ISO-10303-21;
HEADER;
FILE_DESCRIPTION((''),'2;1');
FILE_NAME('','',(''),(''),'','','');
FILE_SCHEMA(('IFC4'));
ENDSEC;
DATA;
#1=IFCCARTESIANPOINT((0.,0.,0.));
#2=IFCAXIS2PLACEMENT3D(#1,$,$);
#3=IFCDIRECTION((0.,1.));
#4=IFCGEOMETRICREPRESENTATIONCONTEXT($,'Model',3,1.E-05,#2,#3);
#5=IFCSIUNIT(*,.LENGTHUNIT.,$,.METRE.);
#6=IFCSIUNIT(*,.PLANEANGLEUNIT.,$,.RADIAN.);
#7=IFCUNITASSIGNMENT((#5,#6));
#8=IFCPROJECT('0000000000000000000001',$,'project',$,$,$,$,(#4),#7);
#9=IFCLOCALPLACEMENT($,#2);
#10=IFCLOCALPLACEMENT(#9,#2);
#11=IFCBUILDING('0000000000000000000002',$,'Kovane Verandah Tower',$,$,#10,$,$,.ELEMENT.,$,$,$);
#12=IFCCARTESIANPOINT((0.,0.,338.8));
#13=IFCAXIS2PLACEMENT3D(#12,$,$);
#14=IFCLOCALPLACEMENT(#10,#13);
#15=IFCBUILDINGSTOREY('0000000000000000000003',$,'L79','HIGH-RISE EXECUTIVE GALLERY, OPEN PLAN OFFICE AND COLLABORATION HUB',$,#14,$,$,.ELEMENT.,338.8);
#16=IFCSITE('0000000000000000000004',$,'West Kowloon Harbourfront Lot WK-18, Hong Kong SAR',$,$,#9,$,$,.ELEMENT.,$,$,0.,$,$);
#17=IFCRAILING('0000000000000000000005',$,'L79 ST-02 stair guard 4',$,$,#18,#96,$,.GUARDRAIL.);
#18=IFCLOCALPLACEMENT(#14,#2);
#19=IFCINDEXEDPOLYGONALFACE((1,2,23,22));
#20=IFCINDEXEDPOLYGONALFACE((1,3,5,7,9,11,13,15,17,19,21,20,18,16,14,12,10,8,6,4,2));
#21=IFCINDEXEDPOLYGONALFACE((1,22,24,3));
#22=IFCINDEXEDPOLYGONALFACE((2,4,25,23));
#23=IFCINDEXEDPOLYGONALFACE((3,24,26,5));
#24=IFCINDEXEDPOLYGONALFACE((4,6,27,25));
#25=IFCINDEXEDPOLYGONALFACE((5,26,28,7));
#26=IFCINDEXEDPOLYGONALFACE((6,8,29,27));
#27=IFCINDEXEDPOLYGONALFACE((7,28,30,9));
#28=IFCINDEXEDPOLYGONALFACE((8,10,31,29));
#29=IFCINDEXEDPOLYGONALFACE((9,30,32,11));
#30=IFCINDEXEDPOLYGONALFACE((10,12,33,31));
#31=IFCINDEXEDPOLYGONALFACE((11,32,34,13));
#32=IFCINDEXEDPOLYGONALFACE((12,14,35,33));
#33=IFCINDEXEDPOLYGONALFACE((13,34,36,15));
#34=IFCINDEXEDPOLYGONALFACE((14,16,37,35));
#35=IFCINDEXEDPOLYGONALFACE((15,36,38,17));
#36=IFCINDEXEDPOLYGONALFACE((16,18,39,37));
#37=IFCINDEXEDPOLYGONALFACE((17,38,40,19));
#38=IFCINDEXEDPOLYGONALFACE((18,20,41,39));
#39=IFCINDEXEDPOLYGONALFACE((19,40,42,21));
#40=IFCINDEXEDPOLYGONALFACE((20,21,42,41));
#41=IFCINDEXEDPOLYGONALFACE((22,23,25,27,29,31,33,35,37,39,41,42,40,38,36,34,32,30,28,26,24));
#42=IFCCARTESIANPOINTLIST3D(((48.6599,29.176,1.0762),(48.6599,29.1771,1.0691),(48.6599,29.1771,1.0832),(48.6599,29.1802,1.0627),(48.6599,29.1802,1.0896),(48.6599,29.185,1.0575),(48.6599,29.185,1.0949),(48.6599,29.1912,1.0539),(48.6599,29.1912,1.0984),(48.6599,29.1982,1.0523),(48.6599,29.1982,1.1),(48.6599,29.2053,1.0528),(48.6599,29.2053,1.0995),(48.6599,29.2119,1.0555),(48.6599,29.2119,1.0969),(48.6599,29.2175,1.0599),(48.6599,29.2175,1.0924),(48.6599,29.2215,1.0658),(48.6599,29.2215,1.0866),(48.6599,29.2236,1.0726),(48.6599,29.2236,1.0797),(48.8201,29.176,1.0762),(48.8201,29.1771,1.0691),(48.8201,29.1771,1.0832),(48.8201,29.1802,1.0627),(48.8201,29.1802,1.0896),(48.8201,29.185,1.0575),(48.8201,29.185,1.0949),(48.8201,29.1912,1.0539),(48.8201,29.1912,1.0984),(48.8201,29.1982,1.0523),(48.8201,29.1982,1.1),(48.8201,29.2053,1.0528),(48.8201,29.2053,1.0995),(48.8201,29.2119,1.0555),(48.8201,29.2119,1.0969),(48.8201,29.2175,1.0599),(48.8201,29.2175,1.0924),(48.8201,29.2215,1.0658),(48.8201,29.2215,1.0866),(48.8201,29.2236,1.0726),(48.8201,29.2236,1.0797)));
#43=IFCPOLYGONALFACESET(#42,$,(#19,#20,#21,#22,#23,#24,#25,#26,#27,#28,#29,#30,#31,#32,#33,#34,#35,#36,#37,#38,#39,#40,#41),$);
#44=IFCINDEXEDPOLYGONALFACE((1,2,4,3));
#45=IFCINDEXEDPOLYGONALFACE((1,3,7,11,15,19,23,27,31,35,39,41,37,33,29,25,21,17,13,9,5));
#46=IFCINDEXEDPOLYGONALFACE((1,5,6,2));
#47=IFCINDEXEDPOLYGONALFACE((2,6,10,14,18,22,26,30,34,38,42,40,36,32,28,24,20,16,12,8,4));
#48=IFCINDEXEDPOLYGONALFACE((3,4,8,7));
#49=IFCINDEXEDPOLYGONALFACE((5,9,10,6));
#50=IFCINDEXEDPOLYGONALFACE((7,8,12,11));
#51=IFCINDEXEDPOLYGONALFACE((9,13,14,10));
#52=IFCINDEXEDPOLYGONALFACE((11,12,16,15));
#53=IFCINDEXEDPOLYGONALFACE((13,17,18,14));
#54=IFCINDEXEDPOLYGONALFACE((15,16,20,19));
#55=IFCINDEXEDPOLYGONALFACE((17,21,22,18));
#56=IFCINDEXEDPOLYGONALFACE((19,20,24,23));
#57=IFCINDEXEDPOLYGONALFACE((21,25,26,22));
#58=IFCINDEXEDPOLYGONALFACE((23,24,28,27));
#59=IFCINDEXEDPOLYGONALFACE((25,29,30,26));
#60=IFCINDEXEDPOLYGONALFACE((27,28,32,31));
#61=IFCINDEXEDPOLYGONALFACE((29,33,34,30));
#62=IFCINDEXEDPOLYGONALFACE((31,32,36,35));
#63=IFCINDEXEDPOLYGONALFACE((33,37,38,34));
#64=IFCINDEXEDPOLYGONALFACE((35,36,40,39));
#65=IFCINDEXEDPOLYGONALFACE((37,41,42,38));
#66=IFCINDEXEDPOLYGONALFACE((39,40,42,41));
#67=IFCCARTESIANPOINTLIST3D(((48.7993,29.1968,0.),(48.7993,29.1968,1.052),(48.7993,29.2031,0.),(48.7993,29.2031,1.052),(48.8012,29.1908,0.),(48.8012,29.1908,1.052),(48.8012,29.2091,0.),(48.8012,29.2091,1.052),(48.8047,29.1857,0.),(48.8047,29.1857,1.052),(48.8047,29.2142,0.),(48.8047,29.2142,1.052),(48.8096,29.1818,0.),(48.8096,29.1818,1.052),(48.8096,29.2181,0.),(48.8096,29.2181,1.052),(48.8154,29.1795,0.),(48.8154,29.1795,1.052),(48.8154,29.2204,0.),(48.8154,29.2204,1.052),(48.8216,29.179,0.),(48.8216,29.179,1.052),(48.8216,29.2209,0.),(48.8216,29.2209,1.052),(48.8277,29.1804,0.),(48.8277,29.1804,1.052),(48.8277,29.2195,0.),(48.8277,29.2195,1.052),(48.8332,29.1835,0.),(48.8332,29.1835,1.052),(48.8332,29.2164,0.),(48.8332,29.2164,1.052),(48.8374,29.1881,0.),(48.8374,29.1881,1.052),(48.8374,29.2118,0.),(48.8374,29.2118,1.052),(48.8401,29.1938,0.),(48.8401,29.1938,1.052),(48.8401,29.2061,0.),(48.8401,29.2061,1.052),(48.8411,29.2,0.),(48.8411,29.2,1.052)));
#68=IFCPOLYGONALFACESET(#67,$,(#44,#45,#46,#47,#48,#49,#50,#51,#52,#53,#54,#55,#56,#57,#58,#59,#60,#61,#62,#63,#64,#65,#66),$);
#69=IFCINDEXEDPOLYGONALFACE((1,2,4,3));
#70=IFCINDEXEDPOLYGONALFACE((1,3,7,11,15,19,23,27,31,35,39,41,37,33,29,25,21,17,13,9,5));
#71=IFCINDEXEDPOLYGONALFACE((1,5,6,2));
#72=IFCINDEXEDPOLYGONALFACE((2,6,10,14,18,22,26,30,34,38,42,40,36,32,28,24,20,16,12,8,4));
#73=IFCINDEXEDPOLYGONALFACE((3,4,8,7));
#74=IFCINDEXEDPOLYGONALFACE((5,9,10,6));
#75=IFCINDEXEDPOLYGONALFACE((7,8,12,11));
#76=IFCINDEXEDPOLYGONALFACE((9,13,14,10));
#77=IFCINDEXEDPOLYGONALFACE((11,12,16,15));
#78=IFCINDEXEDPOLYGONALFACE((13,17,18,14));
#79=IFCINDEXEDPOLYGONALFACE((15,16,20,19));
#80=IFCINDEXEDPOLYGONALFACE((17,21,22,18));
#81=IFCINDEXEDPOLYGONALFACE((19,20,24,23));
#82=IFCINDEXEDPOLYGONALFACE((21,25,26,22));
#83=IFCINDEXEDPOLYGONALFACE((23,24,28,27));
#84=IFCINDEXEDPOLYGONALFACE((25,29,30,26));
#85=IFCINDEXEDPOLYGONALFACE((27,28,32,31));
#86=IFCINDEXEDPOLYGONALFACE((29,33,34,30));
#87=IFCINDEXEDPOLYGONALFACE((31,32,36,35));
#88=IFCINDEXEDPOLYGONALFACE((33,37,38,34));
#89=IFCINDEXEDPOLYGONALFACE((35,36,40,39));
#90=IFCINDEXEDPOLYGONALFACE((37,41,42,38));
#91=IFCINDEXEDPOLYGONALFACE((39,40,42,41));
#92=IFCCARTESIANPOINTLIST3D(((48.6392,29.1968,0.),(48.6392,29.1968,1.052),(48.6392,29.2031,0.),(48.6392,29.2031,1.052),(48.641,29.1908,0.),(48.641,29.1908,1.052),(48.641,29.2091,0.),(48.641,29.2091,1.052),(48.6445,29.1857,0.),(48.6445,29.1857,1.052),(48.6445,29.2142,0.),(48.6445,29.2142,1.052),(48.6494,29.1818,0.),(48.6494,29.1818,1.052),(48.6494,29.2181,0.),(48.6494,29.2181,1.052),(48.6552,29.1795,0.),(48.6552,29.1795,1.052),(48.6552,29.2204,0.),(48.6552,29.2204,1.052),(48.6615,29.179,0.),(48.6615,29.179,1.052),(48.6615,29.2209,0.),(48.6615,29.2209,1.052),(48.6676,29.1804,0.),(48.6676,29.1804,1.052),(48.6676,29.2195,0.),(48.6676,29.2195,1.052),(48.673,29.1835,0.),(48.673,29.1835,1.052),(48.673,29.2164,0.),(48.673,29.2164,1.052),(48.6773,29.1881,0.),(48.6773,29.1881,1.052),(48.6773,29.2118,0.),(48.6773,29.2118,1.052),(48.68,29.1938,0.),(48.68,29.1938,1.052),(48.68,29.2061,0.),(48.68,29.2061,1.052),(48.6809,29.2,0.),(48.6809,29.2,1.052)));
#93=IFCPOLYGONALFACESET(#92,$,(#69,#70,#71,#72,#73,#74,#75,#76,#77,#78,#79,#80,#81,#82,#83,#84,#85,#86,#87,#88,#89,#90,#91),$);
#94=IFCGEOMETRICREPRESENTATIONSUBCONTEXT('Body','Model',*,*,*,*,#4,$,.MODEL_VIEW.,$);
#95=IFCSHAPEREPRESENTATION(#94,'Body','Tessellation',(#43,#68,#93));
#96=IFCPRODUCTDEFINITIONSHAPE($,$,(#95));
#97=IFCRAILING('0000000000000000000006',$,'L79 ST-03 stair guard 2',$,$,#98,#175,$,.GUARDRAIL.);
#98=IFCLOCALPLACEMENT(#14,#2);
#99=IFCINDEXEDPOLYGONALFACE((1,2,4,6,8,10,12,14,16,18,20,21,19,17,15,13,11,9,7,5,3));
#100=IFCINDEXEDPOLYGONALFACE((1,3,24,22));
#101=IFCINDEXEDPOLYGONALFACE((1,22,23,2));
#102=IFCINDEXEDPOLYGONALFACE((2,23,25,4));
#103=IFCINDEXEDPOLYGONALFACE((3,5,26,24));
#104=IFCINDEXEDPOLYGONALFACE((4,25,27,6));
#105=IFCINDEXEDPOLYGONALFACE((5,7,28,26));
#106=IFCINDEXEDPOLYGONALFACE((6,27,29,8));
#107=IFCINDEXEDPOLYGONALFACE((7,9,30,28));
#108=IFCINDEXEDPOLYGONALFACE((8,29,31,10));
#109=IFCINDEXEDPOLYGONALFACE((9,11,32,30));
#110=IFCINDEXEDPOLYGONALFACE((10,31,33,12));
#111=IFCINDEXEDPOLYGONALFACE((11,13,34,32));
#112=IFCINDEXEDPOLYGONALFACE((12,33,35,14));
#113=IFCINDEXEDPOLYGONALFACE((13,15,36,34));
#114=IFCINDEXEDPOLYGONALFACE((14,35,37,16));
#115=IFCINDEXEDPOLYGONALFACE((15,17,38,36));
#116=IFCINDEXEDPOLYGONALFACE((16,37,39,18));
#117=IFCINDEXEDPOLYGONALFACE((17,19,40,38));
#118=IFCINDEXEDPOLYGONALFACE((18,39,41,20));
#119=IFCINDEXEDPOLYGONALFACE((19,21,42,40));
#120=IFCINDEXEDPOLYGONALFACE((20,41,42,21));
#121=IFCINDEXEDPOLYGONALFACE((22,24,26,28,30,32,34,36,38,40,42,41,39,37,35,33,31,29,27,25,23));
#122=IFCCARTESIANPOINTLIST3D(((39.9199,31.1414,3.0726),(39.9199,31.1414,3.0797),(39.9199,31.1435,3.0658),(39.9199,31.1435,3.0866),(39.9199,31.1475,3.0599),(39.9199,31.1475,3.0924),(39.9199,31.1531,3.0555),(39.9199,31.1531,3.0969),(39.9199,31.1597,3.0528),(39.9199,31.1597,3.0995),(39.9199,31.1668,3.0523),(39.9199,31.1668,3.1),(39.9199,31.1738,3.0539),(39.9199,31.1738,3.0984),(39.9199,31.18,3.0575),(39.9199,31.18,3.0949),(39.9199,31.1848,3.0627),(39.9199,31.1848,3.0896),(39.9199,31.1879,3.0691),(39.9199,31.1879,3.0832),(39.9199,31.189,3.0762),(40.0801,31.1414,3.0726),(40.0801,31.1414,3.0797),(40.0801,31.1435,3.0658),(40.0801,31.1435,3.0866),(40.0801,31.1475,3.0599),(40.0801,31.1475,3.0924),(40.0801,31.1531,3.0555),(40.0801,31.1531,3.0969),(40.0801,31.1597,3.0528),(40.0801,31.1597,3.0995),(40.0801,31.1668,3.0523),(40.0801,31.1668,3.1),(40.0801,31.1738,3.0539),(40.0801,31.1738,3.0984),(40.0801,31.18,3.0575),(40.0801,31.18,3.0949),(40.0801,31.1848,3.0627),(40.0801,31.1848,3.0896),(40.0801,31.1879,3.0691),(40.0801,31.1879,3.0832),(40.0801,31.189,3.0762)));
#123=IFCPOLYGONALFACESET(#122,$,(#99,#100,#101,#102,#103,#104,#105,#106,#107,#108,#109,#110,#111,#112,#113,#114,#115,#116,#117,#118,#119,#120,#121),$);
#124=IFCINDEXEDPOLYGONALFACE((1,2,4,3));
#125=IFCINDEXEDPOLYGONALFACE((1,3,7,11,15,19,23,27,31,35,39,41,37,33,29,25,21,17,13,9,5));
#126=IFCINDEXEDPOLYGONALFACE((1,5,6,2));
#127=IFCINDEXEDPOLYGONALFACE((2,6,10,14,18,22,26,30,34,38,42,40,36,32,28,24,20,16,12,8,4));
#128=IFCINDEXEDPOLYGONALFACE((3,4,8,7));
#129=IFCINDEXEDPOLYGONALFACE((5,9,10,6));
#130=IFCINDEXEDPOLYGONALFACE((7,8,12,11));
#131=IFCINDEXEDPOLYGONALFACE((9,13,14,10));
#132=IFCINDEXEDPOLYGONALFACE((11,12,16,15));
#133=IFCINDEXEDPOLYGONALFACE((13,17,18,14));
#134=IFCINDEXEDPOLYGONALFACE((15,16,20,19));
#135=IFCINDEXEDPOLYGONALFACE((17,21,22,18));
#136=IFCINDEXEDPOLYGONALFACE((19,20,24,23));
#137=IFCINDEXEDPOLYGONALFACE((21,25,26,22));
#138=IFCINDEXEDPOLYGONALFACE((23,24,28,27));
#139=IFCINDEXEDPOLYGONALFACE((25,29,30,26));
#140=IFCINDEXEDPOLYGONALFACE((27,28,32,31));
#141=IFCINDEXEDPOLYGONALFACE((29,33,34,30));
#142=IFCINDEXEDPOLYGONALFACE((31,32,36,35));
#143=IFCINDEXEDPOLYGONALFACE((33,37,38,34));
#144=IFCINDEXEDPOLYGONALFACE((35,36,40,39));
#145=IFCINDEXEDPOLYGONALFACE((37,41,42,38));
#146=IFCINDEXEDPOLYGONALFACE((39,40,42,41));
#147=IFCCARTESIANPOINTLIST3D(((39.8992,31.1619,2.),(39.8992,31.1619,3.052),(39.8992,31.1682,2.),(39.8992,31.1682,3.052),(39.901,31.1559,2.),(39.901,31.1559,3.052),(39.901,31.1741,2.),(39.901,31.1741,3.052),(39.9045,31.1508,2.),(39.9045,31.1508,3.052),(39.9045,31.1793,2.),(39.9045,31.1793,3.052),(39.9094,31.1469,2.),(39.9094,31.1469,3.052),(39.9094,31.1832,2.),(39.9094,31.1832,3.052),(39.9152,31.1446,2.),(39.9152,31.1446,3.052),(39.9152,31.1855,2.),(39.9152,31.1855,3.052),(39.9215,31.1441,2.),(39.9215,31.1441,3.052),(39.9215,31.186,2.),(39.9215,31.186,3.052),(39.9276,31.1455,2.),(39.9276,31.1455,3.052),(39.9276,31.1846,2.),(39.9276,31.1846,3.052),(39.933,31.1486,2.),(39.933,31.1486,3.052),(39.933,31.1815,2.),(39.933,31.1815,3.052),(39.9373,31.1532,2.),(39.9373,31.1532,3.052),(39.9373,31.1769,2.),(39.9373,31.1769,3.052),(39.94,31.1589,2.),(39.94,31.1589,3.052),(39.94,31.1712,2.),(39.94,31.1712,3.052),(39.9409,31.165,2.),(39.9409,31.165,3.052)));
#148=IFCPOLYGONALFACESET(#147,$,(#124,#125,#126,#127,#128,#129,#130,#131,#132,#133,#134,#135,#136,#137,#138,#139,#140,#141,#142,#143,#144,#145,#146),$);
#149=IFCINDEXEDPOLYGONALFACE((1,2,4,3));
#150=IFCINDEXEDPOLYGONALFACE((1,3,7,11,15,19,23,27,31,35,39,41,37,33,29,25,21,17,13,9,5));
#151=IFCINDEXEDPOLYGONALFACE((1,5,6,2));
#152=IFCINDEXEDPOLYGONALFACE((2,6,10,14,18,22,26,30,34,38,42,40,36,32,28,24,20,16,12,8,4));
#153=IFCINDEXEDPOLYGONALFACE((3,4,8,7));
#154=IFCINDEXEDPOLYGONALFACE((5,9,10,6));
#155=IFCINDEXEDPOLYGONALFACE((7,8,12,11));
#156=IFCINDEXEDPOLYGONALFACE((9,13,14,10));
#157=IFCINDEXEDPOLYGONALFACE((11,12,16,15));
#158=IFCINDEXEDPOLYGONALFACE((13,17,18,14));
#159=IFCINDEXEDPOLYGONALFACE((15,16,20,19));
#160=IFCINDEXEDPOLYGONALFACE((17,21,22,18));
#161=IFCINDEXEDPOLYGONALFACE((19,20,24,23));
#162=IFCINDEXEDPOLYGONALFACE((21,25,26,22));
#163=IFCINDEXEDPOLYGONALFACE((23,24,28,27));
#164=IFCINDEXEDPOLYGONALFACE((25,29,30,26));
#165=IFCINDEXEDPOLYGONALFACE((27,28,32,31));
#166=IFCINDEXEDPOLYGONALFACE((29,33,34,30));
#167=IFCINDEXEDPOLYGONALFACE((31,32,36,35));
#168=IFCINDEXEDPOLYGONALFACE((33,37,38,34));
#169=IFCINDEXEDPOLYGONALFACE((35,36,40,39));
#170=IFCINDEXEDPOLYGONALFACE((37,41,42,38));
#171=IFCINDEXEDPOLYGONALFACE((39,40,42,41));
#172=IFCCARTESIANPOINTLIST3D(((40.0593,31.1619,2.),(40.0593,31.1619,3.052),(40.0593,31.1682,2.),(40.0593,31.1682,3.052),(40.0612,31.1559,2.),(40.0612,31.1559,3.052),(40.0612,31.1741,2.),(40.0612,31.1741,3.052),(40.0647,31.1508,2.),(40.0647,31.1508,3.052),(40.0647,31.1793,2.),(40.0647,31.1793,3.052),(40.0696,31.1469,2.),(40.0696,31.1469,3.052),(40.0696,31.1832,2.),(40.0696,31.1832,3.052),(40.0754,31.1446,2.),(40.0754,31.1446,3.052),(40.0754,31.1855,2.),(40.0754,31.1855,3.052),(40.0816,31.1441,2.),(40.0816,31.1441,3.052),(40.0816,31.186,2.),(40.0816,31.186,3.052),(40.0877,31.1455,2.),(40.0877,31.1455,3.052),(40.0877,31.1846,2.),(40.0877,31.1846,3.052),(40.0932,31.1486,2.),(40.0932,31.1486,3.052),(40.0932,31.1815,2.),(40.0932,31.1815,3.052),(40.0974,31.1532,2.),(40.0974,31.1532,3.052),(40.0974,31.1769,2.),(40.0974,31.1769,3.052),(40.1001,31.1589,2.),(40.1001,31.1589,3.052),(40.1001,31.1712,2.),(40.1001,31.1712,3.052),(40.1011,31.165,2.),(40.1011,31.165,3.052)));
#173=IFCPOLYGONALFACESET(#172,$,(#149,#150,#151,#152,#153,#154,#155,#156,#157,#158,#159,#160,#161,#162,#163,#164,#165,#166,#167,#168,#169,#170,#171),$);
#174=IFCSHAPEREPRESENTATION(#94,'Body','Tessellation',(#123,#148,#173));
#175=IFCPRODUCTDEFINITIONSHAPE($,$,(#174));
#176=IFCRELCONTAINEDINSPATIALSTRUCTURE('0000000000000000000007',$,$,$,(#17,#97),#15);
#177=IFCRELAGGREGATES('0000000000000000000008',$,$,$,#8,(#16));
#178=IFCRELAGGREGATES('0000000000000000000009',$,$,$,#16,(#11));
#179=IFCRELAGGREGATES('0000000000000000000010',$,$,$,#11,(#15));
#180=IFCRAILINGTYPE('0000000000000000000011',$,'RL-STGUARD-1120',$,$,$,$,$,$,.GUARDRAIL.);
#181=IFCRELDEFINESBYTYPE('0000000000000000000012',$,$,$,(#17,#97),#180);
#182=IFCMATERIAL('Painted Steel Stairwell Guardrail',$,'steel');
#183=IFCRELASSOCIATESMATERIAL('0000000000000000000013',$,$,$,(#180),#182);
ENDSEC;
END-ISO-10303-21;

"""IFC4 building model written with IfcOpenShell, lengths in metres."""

from ifc_helpers import new_model, si_unit, direction, frame, origin, origin_2d, place, context, subcontext, project, spatial, circle, extrude, material, type_object, element, save


model = new_model("IFC4")

# Units and contexts
model_context = context("Model", 3, precision=1e-05, world=origin(), true_north=direction((0.0, 1.0)))
body_context = subcontext(model_context, "Body", "Model", "MODEL_VIEW")
ifc_project = project(units=[si_unit("LENGTHUNIT", "METRE"), si_unit("PLANEANGLEUNIT", "RADIAN")], contexts=[model_context])

# Site, building, storey
site_placement = place(None, origin())
site = spatial("IfcSite", under=ifc_project, at=site_placement, Name="West Kowloon Harbourfront Lot WK-18, Hong Kong SAR", CompositionType="ELEMENT", RefElevation=0.0)
building_placement = place(site_placement, origin())
building = spatial("IfcBuilding", under=site, at=building_placement, Name="Kovane Verandah Tower", CompositionType="ELEMENT")
storey_placement = place(building_placement, frame((0.0, 0.0, 338.8)))
storey = spatial("IfcBuildingStorey", under=building, at=storey_placement, Name="L79", Description="HIGH-RISE EXECUTIVE GALLERY, OPEN PLAN OFFICE AND COLLABORATION HUB", CompositionType="ELEMENT", Elevation=338.8)

# Railings
ifc_material_1 = material(Name="Painted Steel Stairwell Guardrail", Category="steel")
railing_type_1 = type_object("IfcRailingType", Name="RL-STGUARD-1120", PredefinedType="GUARDRAIL", material=ifc_material_1)
railing_1_placement = place(storey_placement, frame((48.8201, 29.2, 0.0)))
element("IfcRailing", 1, at=railing_1_placement, inside=storey, type_object=railing_type_1, Name="L79 ST-02 stair guard 4", PredefinedType="GUARDRAIL", context=body_context, shape_type="SweptSolid", body=[
    extrude(circle(Radius=0.0239, at=origin_2d()), frame((0.0, 0.0, 1.0762), z_axis=(-1.0, 0.0, 0.0), x_axis=(0.0, -1.0, 0.0)), (0.0, 0.0, 1.0), 0.1602),
    extrude(circle(Radius=0.021, at=origin_2d()), origin(), (0.0, 0.0, 1.0), 1.052),
    extrude(circle(Radius=0.021, at=origin_2d()), frame((-0.1602, 0.0, 0.0)), (0.0, 0.0, 1.0), 1.052),
])
railing_2_placement = place(storey_placement, frame((39.9199, 31.165, 2.0)))
element("IfcRailing", 2, at=railing_2_placement, inside=storey, type_object=railing_type_1, Name="L79 ST-03 stair guard 2", PredefinedType="GUARDRAIL", context=body_context, shape_type="SweptSolid", body=[
    extrude(circle(Radius=0.0239, at=origin_2d()), frame((0.0, 0.0, 1.0762), z_axis=(1.0, 0.0, 0.0), x_axis=(0.0, 1.0, 0.0)), (0.0, 0.0, 1.0), 0.1602),
    extrude(circle(Radius=0.021, at=origin_2d()), origin(), (0.0, 0.0, 1.0), 1.052),
    extrude(circle(Radius=0.021, at=origin_2d()), frame((0.1602, 0.0, 0.0)), (0.0, 0.0, 1.0), 1.052),
])

save(model, "model.ifc")
